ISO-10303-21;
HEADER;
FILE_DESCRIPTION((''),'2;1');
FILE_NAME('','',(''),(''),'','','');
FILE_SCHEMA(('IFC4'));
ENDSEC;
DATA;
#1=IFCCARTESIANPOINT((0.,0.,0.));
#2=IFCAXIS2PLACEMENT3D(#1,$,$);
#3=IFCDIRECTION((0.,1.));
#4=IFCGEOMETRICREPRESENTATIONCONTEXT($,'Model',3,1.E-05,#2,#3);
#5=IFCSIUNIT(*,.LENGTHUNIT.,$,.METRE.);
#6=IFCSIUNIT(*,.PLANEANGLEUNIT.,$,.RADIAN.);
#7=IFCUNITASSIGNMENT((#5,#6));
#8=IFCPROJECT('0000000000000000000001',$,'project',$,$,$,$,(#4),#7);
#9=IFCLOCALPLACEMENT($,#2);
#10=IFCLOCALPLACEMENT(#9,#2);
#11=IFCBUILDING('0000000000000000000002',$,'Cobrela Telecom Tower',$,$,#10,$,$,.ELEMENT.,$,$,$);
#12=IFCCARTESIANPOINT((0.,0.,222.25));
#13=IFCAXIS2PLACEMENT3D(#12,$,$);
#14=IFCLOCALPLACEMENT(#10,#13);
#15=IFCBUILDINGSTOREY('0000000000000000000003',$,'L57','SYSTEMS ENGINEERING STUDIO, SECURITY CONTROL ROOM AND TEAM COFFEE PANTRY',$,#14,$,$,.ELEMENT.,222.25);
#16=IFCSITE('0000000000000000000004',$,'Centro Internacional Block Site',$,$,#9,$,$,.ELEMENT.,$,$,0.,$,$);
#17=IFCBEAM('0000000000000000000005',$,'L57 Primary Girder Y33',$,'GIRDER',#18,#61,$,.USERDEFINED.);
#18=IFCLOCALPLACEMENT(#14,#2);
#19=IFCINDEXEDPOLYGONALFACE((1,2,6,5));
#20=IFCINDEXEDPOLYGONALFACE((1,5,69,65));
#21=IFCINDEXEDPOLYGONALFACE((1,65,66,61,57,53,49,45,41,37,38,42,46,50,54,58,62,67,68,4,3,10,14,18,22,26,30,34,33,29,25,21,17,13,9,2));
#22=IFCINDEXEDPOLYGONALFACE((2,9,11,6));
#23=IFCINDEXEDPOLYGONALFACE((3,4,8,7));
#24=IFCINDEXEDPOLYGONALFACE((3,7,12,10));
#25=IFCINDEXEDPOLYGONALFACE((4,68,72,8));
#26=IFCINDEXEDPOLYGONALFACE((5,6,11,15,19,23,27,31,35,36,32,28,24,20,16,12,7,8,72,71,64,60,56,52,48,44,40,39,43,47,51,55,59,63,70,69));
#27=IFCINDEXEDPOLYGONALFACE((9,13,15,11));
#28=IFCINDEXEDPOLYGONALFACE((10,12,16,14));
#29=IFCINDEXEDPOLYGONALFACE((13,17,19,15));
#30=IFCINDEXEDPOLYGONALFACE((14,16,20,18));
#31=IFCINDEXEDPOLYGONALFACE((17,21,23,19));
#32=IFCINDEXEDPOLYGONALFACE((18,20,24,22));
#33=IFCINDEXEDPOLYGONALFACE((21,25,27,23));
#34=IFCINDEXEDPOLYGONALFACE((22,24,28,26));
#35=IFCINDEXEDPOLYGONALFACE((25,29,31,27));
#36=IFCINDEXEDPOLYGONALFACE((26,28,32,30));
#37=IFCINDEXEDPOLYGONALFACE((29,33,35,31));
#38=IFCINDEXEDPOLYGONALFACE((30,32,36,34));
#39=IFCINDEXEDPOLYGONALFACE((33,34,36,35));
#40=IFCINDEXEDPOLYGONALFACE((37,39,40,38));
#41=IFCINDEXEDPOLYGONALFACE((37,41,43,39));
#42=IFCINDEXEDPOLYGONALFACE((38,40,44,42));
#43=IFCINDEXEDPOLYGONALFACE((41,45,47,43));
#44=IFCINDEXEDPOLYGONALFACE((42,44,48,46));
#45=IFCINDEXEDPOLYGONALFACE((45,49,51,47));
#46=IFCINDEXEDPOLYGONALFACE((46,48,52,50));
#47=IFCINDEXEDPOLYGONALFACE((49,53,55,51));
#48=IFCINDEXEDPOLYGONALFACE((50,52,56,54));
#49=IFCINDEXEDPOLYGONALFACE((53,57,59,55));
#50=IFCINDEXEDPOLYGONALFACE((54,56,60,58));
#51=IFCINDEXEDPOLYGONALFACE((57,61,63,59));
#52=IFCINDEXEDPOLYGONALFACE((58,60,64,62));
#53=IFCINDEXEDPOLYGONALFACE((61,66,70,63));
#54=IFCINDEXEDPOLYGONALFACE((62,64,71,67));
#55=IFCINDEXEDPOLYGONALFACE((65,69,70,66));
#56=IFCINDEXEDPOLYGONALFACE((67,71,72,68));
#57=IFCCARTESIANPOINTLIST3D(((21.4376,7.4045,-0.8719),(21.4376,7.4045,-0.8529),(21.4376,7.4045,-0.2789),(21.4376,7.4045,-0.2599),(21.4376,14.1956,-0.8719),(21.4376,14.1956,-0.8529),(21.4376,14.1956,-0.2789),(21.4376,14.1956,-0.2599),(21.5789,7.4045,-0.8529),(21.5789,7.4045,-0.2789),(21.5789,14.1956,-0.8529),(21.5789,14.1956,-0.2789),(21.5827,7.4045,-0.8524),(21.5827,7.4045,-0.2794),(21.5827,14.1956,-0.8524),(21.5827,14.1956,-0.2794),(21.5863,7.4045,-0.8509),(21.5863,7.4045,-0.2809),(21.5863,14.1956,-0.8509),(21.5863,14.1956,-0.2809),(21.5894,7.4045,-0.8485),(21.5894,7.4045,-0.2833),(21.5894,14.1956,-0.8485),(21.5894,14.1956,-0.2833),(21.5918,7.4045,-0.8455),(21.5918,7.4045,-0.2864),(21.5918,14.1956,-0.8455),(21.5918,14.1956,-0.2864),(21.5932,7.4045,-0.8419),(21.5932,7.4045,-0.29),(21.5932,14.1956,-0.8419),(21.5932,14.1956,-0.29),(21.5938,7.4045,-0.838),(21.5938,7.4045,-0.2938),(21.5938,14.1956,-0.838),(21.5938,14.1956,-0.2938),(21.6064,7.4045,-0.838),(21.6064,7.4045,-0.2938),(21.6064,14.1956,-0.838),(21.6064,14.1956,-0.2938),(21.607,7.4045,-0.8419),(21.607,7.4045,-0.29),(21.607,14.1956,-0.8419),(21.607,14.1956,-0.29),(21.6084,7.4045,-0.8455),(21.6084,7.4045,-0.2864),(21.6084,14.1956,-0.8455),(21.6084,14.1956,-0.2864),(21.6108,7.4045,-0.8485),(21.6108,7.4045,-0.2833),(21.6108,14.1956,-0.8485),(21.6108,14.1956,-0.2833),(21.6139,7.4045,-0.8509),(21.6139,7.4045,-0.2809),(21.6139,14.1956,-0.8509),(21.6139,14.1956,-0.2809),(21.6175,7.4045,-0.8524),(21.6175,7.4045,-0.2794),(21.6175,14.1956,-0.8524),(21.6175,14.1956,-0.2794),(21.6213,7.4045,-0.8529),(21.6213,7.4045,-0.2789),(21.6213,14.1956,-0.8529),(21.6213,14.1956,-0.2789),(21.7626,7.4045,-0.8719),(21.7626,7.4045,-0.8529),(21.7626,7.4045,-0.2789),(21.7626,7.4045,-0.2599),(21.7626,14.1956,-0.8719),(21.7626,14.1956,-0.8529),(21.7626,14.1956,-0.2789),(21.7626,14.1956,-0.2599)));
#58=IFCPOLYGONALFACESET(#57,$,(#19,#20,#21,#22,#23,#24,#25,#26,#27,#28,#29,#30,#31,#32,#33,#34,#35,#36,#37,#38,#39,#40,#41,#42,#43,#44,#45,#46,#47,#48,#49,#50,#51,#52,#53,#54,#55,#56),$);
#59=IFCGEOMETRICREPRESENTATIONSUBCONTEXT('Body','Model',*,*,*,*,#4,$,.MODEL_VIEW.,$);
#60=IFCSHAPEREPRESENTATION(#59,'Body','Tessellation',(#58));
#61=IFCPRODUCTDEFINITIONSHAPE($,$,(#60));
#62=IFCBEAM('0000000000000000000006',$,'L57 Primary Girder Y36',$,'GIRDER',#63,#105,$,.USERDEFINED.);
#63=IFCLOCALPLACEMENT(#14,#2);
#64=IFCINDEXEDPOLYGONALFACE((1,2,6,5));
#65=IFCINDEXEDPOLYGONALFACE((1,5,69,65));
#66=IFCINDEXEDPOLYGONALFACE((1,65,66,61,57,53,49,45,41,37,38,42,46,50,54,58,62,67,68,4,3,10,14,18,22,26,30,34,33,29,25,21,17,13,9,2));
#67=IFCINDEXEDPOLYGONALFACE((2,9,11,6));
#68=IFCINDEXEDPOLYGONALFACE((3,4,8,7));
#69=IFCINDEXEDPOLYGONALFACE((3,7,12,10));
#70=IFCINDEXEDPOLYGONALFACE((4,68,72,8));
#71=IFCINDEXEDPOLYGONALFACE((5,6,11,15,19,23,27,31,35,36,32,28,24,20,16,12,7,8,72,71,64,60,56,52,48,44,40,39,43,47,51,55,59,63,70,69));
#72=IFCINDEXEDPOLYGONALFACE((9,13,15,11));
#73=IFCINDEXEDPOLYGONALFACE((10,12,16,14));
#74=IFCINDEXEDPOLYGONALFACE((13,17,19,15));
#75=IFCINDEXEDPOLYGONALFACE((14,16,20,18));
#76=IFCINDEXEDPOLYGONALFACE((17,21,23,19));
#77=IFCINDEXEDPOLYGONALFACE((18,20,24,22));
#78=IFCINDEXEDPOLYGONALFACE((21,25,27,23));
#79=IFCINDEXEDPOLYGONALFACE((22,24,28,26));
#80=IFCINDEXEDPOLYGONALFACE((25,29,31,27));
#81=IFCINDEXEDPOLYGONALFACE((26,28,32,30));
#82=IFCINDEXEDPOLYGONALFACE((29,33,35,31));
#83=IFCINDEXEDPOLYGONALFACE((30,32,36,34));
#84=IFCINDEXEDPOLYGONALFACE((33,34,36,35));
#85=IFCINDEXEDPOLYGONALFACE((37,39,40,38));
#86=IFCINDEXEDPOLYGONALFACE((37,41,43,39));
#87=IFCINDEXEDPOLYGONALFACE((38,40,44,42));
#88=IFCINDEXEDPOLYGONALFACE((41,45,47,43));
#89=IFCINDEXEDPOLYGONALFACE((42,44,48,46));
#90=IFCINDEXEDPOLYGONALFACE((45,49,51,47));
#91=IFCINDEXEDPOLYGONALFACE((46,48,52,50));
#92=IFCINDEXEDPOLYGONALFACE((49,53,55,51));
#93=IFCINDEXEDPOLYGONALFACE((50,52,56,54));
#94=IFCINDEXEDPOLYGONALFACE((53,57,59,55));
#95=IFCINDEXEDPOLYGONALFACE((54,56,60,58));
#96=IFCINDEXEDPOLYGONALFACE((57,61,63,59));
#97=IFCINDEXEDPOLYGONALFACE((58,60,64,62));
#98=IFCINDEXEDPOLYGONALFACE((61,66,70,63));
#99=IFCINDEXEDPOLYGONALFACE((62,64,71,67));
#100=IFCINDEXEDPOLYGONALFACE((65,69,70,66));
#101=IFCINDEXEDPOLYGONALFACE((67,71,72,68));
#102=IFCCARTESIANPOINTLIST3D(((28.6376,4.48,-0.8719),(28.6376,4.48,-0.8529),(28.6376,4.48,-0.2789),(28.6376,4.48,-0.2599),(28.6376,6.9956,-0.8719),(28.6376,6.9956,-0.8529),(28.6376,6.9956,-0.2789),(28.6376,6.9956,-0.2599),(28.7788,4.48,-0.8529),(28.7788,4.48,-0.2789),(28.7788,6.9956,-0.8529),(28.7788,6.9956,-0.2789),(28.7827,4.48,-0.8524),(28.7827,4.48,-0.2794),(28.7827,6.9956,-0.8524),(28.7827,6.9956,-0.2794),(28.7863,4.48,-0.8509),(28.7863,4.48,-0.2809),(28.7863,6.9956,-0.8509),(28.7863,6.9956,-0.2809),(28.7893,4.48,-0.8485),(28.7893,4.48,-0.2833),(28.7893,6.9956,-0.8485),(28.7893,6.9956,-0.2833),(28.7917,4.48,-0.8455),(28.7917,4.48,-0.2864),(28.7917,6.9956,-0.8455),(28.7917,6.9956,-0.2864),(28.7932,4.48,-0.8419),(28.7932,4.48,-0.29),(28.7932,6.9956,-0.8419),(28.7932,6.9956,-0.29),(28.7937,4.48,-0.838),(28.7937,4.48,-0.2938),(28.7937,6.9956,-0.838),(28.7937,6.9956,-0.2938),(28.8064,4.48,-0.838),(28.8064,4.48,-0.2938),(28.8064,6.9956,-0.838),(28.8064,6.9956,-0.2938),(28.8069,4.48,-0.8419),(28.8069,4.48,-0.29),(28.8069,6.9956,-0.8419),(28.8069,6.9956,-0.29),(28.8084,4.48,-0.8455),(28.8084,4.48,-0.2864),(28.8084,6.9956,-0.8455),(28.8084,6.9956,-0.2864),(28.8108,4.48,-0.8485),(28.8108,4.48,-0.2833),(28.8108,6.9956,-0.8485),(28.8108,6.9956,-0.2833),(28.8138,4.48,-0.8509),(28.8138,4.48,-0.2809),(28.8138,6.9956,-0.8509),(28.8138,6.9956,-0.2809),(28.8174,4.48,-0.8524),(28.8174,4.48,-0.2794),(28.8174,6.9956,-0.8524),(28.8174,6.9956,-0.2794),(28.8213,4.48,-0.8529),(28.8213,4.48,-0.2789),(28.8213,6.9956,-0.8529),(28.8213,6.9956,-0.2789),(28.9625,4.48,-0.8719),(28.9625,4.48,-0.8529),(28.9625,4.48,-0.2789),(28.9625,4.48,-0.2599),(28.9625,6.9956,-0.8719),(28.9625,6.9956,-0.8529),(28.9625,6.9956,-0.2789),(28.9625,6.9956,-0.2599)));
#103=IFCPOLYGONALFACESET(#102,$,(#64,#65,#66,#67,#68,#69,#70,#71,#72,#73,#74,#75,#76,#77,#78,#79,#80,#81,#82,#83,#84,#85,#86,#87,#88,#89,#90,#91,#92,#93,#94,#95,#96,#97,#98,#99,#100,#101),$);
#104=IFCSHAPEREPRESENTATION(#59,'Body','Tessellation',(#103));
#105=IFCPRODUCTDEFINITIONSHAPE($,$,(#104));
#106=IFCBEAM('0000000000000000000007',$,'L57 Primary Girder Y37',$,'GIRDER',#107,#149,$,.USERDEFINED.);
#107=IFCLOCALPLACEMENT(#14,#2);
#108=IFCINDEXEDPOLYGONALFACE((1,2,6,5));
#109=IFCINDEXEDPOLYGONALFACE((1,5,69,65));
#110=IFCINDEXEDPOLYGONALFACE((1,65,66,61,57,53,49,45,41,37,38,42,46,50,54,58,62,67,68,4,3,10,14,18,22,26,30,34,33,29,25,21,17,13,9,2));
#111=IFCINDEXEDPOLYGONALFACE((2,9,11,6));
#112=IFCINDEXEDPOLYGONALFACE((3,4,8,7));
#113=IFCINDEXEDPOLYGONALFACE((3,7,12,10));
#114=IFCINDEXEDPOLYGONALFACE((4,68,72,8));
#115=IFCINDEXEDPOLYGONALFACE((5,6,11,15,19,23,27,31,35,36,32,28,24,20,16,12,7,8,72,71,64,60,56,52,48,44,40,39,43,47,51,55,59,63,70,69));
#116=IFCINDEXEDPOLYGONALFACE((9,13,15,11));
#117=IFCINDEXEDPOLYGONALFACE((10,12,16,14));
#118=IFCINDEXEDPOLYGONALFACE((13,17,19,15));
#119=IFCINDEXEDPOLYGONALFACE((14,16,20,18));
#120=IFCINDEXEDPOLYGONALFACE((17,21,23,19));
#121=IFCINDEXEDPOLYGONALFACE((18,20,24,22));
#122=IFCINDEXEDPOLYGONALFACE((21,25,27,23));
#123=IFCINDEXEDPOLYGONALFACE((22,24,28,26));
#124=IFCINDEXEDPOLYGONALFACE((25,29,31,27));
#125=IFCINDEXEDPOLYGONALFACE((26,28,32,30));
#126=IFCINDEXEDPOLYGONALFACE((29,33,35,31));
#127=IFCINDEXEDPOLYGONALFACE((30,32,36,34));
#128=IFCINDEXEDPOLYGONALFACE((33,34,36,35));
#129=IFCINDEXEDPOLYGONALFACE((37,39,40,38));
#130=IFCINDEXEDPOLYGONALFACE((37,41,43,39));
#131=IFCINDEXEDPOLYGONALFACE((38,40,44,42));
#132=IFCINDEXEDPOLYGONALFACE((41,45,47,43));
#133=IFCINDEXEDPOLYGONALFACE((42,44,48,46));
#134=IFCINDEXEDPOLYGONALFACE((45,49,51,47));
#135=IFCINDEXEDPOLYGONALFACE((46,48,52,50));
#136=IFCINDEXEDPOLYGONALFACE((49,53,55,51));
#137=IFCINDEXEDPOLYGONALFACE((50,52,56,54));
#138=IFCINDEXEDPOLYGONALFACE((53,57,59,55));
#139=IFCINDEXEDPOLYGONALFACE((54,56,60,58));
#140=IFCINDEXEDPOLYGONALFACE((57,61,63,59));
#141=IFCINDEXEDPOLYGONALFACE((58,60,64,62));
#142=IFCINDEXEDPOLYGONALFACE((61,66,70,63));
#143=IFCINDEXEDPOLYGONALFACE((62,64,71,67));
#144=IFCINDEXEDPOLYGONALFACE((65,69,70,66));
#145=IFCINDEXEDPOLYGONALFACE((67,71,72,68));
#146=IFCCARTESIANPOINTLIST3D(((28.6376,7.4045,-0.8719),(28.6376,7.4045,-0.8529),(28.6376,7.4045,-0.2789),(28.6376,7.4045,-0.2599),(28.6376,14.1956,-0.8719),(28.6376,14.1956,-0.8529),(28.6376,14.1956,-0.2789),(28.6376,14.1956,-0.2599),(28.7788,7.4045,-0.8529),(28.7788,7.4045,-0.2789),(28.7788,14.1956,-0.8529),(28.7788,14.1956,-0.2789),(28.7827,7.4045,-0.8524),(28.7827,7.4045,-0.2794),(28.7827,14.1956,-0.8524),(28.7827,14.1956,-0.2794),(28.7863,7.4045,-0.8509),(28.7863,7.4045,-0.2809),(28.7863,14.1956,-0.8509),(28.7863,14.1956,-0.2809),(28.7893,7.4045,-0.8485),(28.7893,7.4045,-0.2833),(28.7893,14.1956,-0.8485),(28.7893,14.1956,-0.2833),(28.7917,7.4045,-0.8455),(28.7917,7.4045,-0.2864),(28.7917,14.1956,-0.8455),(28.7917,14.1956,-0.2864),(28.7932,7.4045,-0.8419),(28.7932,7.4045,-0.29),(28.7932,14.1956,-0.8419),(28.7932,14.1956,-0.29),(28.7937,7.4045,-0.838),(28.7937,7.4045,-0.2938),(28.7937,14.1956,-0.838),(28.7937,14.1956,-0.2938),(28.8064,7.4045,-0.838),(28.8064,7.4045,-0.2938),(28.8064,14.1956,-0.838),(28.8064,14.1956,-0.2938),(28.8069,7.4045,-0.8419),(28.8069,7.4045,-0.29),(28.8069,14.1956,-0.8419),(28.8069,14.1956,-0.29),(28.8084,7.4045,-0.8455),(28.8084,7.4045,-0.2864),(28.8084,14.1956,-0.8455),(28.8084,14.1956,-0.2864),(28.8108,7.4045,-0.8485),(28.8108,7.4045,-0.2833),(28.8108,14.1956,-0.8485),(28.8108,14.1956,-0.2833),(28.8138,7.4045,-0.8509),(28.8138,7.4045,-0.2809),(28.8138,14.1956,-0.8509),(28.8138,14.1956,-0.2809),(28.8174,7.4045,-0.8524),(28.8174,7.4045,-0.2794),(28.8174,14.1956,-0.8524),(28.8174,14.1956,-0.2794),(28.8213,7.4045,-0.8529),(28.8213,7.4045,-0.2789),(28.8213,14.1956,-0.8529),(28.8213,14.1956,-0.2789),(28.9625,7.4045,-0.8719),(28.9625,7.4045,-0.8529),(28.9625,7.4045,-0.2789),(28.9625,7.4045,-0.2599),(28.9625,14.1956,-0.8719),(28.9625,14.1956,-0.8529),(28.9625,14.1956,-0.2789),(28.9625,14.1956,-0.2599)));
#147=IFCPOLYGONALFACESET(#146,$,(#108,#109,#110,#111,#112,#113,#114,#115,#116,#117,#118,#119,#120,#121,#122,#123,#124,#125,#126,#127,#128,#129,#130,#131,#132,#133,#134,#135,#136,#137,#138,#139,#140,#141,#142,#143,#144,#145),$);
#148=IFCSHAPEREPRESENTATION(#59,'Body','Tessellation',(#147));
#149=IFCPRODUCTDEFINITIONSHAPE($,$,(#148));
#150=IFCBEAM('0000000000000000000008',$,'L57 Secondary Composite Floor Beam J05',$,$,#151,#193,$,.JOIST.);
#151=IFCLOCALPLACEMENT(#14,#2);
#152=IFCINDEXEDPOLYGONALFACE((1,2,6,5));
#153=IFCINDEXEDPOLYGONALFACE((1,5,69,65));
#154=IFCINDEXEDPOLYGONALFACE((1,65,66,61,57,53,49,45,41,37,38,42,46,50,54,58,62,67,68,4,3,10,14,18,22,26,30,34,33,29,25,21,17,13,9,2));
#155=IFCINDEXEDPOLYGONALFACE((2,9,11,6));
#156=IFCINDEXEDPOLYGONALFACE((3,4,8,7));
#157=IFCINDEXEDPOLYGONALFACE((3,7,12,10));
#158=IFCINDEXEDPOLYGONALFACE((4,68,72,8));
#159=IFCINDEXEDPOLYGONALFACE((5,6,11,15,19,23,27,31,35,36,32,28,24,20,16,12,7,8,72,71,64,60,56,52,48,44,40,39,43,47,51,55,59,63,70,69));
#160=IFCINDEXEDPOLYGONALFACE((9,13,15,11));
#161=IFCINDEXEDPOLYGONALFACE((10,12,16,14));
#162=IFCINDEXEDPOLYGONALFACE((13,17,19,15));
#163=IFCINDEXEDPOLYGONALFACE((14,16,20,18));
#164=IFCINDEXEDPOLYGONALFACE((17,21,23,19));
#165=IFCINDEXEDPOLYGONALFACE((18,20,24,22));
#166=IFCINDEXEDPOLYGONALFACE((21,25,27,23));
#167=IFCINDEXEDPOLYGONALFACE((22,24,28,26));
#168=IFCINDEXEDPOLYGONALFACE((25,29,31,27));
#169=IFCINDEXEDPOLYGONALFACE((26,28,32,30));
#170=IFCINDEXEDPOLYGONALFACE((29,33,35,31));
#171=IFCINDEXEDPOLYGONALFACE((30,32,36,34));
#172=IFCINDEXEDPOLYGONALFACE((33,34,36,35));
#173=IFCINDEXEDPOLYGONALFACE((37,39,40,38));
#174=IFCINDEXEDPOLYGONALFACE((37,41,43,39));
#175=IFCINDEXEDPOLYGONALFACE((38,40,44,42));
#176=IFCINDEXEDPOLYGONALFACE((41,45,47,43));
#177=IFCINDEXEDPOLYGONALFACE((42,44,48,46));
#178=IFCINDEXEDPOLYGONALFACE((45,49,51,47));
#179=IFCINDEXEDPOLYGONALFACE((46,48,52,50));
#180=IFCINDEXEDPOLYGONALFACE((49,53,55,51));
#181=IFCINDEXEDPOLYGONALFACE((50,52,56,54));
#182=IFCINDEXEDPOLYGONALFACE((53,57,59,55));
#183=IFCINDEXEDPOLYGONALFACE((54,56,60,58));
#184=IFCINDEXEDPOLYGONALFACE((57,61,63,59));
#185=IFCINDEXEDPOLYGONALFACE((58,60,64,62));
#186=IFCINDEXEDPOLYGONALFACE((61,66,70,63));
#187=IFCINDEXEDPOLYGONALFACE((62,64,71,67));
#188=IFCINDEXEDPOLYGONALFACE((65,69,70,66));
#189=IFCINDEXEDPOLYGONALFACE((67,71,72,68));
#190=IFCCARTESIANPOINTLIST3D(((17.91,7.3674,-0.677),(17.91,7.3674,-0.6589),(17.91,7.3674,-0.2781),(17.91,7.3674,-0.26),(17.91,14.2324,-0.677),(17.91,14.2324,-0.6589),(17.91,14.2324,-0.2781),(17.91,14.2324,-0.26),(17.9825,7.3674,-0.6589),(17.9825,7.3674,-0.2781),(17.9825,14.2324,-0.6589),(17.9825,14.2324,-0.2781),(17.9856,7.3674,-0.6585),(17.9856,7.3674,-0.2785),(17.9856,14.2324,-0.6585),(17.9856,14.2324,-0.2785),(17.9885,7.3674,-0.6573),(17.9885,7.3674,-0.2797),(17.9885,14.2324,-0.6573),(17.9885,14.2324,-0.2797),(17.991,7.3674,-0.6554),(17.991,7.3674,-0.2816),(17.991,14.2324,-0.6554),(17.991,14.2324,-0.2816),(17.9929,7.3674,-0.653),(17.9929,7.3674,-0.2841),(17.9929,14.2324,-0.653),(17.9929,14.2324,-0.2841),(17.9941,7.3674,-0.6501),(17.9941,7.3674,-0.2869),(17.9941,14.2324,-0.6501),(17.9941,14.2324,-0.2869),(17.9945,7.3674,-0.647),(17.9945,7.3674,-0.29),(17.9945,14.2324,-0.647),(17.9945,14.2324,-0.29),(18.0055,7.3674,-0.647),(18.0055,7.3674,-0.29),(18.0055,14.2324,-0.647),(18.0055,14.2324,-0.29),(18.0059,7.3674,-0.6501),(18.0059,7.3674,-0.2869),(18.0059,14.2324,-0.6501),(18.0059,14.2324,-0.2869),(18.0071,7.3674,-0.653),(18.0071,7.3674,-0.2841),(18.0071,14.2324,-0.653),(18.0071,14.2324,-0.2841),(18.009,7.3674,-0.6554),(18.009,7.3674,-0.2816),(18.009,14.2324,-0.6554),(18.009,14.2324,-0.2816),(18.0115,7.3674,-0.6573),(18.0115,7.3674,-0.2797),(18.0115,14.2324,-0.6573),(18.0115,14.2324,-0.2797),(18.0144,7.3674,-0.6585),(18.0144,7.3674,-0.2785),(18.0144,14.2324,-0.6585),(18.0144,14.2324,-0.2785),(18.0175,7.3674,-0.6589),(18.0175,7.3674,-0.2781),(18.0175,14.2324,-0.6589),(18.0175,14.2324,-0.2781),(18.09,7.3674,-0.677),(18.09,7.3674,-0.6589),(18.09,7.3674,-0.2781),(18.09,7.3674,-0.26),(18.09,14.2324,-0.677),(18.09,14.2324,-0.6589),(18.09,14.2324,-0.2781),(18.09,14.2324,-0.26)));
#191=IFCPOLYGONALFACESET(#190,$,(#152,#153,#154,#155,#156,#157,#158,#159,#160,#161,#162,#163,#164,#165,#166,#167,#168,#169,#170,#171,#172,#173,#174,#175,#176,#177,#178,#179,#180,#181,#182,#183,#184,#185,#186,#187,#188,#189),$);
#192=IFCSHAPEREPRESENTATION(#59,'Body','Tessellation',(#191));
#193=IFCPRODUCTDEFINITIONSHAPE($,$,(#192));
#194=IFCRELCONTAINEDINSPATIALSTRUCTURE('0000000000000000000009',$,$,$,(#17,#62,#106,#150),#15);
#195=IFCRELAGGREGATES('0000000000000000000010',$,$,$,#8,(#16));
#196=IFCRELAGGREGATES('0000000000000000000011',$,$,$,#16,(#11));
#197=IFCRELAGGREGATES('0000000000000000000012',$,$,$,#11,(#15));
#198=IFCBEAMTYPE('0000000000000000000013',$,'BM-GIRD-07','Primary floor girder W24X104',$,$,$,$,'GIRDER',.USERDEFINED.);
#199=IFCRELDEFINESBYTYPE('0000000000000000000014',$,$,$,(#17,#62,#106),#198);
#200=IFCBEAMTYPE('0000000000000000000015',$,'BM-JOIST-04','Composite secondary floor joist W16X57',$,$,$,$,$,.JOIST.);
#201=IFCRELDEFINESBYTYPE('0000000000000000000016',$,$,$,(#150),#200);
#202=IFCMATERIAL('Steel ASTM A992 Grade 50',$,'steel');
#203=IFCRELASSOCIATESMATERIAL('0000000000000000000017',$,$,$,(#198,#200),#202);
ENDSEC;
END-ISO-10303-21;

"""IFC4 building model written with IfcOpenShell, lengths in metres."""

from ifc_helpers import new_model, si_unit, direction, frame, origin, origin_2d, place, context, subcontext, project, spatial, i_section, extrude, material, material_profile, profile_set, type_object, element, save


model = new_model("IFC4")

# Units and contexts
model_context = context("Model", 3, precision=1e-05, world=origin(), true_north=direction((0.0, 1.0)))
body_context = subcontext(model_context, "Body", "Model", "MODEL_VIEW")
ifc_project = project(units=[si_unit("LENGTHUNIT", "METRE"), si_unit("PLANEANGLEUNIT", "RADIAN")], contexts=[model_context])

# Site, building, storey
site_placement = place(None, origin())
site = spatial("IfcSite", under=ifc_project, at=site_placement, Name="Centro Internacional Block Site", CompositionType="ELEMENT", RefElevation=0.0)
building_placement = place(site_placement, origin())
building = spatial("IfcBuilding", under=site, at=building_placement, Name="Cobrela Telecom Tower", CompositionType="ELEMENT")
storey_placement = place(building_placement, frame((0.0, 0.0, 222.25)))
storey = spatial("IfcBuildingStorey", under=building, at=storey_placement, Name="L57", Description="SYSTEMS ENGINEERING STUDIO, SECURITY CONTROL ROOM AND TEAM COFFEE PANTRY", CompositionType="ELEMENT", Elevation=222.25)

# Shared definitions
ifc_material_1 = material(Name="Steel ASTM A992 Grade 50", Category="steel")

# Beams
ifc_material_profile_1 = material_profile(ifc_material_1, i_section(OverallWidth=0.325, OverallDepth=0.6121, WebThickness=0.0127, FlangeThickness=0.019, FilletRadius=0.0149, at=origin_2d()), Name="W24X104")
ifc_profile_set_1 = profile_set([ifc_material_profile_1], Name="Steel ASTM A992 Grade 50")
beam_type_1 = type_object("IfcBeamType", Name="BM-GIRD-07", Description="Primary floor girder W24X104", ElementType="GIRDER", PredefinedType="USERDEFINED", material=ifc_profile_set_1)
beam_1_placement = place(storey_placement, frame((21.6001, 7.4045, -0.5659), z_axis=(0.0, 1.0, 0.0), x_axis=(-1.0, 0.0, 0.0)))
element("IfcBeam", 1, at=beam_1_placement, inside=storey, type_object=beam_type_1, Name="L57 Primary Girder Y33", ObjectType="GIRDER", PredefinedType="USERDEFINED", context=body_context, shape_type="SweptSolid", body=[
    extrude(i_section(OverallWidth=0.325, OverallDepth=0.6121, WebThickness=0.0127, FlangeThickness=0.019, FilletRadius=0.0149, at=origin_2d()), origin(), (0.0, 0.0, 1.0), 6.791),
])
beam_2_placement = place(storey_placement, frame((28.8, 4.48, -0.5659), z_axis=(0.0, 1.0, 0.0), x_axis=(-1.0, 0.0, 0.0)))
element("IfcBeam", 2, at=beam_2_placement, inside=storey, type_object=beam_type_1, Name="L57 Primary Girder Y36", ObjectType="GIRDER", PredefinedType="USERDEFINED", context=body_context, shape_type="SweptSolid", body=[
    extrude(i_section(OverallWidth=0.325, OverallDepth=0.6121, WebThickness=0.0127, FlangeThickness=0.019, FilletRadius=0.0149, at=origin_2d()), origin(), (0.0, 0.0, 1.0), 2.5156),
])
beam_3_placement = place(storey_placement, frame((28.8, 7.4045, -0.5659), z_axis=(0.0, 1.0, 0.0), x_axis=(-1.0, 0.0, 0.0)))
element("IfcBeam", 3, at=beam_3_placement, inside=storey, type_object=beam_type_1, Name="L57 Primary Girder Y37", ObjectType="GIRDER", PredefinedType="USERDEFINED", context=body_context, shape_type="SweptSolid", body=[
    extrude(i_section(OverallWidth=0.325, OverallDepth=0.6121, WebThickness=0.0127, FlangeThickness=0.019, FilletRadius=0.0149, at=origin_2d()), origin(), (0.0, 0.0, 1.0), 6.791),
])
ifc_material_profile_2 = material_profile(ifc_material_1, i_section(OverallWidth=0.1799, OverallDepth=0.417, WebThickness=0.011, FlangeThickness=0.0181, FilletRadius=0.012, at=origin_2d()), Name="W16X57")
ifc_profile_set_2 = profile_set([ifc_material_profile_2], Name="Steel ASTM A992 Grade 50")
beam_type_2 = type_object("IfcBeamType", Name="BM-JOIST-04", Description="Composite secondary floor joist W16X57", PredefinedType="JOIST", material=ifc_profile_set_2)
for number, where, z_axis, x_axis, name in (
    (4, (18.0, 7.3674, -0.4685), (0.0, 1.0, 0.0), (-1.0, 0.0, 0.0), "L57 Secondary Composite Floor Beam J05"),
):
    element("IfcBeam", number, at=place(storey_placement, frame(where, z_axis=z_axis, x_axis=x_axis)), inside=storey, type_object=beam_type_2, Name=name, PredefinedType="JOIST", context=body_context, shape_type="SweptSolid", body=[
        extrude(i_section(OverallWidth=0.1799, OverallDepth=0.417, WebThickness=0.011, FlangeThickness=0.0181, FilletRadius=0.012, at=origin_2d()), origin(), (0.0, 0.0, 1.0), 6.865),
    ])

save(model, "model.ifc")
